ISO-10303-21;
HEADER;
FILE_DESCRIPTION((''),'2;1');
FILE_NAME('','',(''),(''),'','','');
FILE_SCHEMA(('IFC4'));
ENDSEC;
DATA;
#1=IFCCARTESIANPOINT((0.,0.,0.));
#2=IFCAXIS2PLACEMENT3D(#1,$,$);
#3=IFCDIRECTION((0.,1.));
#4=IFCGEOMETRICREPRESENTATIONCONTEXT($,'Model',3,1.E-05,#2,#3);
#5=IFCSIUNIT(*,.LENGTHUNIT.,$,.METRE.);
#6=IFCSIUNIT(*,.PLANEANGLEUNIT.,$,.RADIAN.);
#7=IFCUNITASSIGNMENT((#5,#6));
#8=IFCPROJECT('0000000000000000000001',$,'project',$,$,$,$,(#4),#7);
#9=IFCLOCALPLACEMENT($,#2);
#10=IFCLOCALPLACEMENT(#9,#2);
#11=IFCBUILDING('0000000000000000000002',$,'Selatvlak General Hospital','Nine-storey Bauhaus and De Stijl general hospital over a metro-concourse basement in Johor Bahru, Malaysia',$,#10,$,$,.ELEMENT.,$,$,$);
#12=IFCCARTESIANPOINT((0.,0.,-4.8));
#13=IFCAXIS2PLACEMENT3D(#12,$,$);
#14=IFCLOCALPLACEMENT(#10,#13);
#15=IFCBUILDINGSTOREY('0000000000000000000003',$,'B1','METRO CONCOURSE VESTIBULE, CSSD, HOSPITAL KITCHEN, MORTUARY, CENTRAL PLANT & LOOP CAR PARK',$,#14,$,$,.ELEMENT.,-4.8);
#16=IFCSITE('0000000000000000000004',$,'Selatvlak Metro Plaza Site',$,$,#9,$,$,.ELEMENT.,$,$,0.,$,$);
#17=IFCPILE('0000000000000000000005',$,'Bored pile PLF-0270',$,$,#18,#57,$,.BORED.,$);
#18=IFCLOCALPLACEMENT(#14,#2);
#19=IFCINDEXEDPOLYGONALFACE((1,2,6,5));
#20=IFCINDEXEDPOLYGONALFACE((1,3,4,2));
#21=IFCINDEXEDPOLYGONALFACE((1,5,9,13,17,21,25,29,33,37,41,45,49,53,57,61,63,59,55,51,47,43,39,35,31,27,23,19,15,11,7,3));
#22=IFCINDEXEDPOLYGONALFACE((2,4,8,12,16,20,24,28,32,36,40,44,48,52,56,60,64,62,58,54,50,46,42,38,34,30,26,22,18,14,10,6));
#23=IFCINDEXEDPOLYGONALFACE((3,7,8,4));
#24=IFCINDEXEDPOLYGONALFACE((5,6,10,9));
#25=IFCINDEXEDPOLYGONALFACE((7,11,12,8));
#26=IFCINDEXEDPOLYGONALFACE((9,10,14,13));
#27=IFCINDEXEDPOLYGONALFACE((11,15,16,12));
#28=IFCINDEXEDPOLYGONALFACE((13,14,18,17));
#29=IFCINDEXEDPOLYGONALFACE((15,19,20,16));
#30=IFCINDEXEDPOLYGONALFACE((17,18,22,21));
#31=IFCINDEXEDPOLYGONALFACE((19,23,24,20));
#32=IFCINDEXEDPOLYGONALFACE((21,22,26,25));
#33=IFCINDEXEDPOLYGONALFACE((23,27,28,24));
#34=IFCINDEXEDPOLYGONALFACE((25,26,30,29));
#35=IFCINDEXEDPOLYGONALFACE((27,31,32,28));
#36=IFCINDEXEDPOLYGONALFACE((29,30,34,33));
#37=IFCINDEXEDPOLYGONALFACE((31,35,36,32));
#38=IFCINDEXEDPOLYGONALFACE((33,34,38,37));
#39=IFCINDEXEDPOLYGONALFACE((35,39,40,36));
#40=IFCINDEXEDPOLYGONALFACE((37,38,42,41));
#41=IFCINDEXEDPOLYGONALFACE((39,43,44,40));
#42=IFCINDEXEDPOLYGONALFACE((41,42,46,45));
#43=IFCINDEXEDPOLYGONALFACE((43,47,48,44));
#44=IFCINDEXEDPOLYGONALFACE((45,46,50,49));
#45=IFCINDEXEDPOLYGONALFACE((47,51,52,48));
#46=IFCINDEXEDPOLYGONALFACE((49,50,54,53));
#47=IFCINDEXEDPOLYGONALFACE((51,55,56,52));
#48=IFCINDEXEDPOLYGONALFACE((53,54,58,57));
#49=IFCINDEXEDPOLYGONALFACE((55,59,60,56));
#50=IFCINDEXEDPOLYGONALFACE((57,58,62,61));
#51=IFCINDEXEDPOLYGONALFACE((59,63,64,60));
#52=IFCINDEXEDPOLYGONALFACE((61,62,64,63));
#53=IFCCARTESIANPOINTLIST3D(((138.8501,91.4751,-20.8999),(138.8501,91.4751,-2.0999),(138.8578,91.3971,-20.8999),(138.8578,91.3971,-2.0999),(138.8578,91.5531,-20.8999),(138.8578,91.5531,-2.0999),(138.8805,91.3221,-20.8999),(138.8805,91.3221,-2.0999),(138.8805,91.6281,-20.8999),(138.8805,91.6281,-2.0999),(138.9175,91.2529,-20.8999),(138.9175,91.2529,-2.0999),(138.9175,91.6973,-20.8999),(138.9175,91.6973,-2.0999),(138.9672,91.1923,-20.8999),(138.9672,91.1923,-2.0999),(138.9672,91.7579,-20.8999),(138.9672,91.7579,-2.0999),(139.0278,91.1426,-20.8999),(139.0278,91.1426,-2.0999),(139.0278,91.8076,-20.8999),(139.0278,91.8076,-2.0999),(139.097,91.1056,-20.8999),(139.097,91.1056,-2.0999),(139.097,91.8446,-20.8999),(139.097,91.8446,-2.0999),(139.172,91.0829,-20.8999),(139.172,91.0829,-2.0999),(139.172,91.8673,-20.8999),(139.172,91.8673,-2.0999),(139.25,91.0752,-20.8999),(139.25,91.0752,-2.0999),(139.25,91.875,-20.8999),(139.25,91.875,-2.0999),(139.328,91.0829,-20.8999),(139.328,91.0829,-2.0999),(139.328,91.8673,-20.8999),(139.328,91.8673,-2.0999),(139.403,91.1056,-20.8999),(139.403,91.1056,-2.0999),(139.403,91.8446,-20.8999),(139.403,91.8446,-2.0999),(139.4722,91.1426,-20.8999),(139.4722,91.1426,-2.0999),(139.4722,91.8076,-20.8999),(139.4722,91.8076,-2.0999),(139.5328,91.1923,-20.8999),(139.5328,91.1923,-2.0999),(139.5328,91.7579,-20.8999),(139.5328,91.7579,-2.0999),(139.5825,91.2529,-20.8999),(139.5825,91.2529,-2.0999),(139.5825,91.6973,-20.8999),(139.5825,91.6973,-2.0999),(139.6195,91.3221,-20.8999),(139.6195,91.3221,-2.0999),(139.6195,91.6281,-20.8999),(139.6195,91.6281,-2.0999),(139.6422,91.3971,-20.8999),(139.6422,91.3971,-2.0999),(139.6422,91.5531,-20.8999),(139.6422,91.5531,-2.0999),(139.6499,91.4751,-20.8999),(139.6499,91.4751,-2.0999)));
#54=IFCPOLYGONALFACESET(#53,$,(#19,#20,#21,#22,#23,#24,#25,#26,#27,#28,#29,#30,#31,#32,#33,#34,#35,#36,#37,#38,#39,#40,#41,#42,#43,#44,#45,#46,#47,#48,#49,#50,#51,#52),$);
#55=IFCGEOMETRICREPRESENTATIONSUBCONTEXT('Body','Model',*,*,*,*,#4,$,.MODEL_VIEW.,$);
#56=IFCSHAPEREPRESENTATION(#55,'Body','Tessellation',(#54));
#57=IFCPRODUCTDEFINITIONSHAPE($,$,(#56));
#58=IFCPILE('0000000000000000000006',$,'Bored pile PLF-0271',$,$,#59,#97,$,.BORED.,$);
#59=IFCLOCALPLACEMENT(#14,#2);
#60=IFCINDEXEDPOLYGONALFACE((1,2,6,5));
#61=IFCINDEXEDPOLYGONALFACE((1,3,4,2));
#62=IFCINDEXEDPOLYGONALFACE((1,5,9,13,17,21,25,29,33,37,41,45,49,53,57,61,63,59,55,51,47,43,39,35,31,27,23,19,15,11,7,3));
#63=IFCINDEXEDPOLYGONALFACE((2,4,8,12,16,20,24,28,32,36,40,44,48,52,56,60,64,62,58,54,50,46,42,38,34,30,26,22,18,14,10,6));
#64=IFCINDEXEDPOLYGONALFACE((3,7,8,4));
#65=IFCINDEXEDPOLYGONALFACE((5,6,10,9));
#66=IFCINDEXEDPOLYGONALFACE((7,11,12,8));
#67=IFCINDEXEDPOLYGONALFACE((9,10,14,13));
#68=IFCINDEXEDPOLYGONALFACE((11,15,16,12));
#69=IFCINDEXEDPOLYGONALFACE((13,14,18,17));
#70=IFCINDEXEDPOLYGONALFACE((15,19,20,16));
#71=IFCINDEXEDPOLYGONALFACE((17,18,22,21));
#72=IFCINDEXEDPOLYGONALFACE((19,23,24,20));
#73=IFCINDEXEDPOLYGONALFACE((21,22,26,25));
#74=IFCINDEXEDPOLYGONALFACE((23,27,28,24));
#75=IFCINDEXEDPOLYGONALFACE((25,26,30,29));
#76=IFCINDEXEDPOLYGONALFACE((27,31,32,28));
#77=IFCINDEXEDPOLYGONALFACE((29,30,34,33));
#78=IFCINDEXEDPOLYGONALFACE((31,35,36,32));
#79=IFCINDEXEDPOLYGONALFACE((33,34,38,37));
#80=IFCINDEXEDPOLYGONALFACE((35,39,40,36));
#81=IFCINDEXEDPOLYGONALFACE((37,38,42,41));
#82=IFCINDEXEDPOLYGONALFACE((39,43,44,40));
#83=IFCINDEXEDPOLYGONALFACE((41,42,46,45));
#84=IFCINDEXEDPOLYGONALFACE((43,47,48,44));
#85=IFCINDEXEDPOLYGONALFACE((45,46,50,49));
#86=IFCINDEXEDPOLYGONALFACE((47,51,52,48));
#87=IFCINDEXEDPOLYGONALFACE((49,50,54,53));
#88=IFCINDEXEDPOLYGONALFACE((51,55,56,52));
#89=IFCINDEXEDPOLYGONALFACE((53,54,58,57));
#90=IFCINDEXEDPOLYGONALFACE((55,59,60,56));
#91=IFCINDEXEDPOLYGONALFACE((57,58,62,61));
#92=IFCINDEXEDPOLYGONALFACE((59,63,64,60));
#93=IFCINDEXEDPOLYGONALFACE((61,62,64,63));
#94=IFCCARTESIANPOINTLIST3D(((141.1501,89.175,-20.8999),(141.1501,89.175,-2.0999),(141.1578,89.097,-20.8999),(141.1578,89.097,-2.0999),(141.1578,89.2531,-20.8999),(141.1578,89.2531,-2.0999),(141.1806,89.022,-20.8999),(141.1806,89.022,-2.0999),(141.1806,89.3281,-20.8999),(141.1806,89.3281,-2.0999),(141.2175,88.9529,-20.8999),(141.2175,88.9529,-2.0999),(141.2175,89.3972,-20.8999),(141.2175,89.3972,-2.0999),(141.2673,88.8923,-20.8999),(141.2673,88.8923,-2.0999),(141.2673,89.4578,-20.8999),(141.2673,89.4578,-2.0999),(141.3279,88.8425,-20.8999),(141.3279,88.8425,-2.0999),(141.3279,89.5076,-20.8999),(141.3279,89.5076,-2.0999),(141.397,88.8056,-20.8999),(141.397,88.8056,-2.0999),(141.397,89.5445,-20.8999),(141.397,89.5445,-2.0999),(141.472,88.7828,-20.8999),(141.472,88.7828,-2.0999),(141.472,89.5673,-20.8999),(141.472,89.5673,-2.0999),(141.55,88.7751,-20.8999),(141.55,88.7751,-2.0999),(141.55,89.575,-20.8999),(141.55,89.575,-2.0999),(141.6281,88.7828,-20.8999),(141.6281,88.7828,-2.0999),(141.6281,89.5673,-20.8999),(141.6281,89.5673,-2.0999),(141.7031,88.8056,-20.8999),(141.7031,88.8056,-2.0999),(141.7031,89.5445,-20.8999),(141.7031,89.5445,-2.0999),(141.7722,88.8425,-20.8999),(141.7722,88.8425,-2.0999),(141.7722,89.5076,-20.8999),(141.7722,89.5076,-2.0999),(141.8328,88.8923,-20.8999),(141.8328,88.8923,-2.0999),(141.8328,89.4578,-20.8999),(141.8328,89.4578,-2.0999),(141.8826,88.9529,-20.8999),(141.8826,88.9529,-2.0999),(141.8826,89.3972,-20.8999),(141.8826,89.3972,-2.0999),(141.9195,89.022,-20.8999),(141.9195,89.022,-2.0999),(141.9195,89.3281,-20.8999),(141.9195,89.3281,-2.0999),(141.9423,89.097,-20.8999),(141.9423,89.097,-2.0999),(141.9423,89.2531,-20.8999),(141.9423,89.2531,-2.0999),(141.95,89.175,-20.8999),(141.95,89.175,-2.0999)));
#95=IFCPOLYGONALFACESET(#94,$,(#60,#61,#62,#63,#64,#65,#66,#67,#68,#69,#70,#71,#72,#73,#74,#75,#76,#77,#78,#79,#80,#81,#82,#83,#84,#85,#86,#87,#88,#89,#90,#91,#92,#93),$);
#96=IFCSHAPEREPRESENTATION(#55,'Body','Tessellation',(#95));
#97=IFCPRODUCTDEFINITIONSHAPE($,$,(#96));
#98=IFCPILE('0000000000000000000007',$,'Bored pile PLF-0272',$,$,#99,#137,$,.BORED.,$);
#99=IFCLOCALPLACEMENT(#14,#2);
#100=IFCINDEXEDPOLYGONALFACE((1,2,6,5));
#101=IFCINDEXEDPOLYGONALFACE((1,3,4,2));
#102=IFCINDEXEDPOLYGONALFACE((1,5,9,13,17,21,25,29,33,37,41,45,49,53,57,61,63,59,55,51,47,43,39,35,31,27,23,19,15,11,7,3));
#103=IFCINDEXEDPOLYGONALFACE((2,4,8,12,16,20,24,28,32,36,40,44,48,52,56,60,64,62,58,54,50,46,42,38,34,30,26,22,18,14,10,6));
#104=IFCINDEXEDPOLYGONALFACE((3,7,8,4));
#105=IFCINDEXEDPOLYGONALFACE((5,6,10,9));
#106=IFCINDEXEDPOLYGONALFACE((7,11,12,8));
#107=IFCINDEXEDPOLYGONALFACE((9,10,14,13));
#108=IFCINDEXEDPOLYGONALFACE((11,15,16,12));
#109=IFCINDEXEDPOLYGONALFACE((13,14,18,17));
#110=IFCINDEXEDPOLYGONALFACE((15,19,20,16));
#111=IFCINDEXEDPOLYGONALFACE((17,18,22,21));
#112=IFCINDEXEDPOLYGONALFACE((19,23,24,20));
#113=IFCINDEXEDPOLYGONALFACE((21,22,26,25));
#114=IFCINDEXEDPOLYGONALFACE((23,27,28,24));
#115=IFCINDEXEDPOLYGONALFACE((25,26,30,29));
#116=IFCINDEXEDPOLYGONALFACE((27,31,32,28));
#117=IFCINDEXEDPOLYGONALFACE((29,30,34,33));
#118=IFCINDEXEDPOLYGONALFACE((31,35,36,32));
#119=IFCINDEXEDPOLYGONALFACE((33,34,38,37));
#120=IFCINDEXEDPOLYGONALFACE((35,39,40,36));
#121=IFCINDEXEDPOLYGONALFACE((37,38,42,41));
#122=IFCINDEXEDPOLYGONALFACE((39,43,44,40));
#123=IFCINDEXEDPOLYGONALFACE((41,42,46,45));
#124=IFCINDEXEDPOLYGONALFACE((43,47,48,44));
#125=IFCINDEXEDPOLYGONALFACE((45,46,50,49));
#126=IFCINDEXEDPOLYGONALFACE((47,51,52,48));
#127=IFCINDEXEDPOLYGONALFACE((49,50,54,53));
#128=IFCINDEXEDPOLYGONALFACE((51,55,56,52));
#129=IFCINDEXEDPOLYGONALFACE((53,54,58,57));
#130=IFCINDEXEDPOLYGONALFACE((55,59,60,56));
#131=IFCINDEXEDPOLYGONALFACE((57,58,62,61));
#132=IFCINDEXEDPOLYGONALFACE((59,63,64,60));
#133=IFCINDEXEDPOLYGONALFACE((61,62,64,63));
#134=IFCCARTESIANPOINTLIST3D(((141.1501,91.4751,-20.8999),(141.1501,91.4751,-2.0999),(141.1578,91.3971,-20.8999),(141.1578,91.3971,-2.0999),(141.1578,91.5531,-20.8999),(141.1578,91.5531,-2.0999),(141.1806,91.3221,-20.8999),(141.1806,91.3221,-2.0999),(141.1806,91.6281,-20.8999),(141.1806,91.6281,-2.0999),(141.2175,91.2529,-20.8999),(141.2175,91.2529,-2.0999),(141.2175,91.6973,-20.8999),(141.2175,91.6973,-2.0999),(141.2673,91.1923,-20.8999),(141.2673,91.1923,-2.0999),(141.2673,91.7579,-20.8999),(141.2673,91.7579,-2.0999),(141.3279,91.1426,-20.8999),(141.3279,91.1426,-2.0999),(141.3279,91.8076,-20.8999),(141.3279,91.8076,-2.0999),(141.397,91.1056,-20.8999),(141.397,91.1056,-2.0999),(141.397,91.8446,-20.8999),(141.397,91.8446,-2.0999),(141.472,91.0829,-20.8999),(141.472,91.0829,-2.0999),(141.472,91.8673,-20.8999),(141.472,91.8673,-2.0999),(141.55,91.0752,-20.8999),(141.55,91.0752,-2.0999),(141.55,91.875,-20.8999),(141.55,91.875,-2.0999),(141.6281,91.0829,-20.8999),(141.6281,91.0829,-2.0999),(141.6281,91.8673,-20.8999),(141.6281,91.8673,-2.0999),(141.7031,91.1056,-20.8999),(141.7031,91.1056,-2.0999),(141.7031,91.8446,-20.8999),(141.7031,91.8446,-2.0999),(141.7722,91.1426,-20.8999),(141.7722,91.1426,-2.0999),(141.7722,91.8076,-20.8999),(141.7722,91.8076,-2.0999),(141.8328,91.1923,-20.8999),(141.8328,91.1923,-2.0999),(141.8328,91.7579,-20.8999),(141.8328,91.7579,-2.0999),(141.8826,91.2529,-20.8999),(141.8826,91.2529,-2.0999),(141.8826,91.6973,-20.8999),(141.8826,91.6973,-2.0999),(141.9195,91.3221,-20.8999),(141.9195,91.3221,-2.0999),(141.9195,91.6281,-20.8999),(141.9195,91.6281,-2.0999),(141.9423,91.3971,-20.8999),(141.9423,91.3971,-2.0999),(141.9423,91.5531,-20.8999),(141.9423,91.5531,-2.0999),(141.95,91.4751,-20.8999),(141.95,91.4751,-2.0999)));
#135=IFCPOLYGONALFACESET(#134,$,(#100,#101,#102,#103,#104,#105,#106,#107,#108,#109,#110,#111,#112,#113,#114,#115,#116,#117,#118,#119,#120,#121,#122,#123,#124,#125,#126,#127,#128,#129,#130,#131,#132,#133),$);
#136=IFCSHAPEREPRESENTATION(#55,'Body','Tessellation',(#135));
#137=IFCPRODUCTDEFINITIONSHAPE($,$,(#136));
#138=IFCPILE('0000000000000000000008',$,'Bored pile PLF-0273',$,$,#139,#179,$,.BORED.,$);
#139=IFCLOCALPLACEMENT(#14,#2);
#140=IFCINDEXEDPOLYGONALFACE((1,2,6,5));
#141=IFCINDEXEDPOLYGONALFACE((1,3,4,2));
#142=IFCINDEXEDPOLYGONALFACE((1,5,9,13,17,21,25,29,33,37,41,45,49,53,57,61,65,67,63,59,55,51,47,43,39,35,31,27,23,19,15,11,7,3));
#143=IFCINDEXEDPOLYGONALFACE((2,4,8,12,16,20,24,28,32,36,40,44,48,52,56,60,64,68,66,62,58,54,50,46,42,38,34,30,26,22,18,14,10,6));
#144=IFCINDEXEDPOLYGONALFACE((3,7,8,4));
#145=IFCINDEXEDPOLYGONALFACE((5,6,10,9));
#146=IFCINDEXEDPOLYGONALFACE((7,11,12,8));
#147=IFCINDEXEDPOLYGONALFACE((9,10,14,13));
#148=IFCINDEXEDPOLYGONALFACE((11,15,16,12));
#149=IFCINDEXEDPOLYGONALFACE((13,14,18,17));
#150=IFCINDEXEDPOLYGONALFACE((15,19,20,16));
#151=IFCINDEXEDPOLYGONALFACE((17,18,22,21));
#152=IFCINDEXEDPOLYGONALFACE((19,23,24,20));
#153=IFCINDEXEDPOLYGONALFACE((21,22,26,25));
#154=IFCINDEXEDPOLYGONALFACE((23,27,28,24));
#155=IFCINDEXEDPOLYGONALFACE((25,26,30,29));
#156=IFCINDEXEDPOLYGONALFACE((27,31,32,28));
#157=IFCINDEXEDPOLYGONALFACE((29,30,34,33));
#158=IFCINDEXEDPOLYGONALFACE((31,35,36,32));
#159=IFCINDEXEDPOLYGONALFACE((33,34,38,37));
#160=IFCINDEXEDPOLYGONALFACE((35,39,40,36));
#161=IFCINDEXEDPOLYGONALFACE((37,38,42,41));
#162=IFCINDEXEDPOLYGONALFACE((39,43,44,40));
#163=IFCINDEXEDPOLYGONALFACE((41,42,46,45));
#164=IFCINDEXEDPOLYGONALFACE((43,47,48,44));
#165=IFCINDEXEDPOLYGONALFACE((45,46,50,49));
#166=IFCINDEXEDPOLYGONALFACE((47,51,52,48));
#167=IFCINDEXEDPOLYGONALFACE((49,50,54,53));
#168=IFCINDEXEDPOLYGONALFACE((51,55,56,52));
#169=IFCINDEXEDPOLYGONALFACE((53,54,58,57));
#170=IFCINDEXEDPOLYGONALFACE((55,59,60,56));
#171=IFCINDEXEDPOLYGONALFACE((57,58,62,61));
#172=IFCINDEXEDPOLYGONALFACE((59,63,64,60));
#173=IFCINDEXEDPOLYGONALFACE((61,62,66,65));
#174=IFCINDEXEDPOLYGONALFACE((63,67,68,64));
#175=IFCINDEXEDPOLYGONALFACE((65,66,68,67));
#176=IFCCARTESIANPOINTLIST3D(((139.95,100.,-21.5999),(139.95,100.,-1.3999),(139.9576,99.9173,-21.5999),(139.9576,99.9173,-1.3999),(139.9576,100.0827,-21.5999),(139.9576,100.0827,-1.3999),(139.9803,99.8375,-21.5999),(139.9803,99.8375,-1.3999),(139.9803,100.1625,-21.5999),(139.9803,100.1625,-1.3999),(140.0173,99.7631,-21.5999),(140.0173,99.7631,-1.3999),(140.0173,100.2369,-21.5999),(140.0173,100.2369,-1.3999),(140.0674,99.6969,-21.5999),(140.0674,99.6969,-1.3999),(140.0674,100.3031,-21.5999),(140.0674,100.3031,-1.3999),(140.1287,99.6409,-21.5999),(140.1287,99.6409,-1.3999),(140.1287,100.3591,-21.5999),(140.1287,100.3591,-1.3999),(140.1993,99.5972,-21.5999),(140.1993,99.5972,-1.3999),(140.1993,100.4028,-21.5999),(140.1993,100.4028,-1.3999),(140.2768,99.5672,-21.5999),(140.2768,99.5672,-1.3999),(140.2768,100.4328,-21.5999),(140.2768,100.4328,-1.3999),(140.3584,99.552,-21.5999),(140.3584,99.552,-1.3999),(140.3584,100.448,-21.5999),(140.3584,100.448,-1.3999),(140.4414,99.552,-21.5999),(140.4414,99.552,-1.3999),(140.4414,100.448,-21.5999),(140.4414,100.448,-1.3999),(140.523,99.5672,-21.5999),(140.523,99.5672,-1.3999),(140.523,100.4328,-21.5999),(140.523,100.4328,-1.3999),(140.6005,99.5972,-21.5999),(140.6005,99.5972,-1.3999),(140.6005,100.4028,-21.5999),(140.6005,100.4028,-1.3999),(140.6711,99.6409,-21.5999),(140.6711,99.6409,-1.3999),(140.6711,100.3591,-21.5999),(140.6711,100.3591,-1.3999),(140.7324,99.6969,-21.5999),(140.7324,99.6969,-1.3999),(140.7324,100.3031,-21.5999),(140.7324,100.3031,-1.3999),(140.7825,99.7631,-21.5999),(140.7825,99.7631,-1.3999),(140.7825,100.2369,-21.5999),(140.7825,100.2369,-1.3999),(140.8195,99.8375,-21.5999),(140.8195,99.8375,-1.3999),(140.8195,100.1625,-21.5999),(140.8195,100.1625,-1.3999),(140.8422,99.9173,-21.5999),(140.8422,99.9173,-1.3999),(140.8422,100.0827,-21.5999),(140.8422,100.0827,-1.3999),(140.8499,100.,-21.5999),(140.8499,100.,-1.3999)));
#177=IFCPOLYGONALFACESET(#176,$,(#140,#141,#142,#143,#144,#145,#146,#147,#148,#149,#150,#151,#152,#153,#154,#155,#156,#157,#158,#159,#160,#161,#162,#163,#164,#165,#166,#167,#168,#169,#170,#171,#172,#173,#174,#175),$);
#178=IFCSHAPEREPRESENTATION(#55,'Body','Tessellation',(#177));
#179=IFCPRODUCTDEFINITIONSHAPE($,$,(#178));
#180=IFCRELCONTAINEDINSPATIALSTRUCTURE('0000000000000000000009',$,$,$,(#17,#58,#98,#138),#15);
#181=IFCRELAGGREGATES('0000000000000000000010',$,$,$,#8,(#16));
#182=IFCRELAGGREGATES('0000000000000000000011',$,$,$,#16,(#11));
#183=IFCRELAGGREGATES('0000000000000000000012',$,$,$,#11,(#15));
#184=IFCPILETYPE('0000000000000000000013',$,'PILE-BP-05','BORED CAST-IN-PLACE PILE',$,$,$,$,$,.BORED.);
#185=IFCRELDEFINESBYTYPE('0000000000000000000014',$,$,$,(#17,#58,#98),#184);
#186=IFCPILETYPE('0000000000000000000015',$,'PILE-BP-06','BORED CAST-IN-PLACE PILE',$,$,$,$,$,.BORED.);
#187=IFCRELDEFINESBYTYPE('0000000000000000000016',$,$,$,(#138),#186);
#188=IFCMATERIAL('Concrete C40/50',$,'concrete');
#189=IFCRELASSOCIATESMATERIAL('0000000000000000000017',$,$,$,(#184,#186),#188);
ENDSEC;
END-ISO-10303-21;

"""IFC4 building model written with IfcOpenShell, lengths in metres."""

from ifc_helpers import new_model, si_unit, direction, frame, origin, origin_2d, place, context, subcontext, project, spatial, circle, extrude, material, material_profile, profile_set, type_object, element, save


model = new_model("IFC4")

# Units and contexts
model_context = context("Model", 3, precision=1e-05, world=origin(), true_north=direction((0.0, 1.0)))
body_context = subcontext(model_context, "Body", "Model", "MODEL_VIEW")
ifc_project = project(units=[si_unit("LENGTHUNIT", "METRE"), si_unit("PLANEANGLEUNIT", "RADIAN")], contexts=[model_context])

# Site, building, storey
site_placement = place(None, origin())
site = spatial("IfcSite", under=ifc_project, at=site_placement, Name="Selatvlak Metro Plaza Site", CompositionType="ELEMENT", RefElevation=0.0)
building_placement = place(site_placement, origin())
building = spatial("IfcBuilding", under=site, at=building_placement, Name="Selatvlak General Hospital", Description="Nine-storey Bauhaus and De Stijl general hospital over a metro-concourse basement in Johor Bahru, Malaysia", CompositionType="ELEMENT")
storey_placement = place(building_placement, frame((0.0, 0.0, -4.8)))
storey = spatial("IfcBuildingStorey", under=building, at=storey_placement, Name="B1", Description="METRO CONCOURSE VESTIBULE, CSSD, HOSPITAL KITCHEN, MORTUARY, CENTRAL PLANT & LOOP CAR PARK", CompositionType="ELEMENT", Elevation=-4.8)

# Shared definitions
ifc_material_1 = material(Name="Concrete C40/50", Category="concrete")

# Piles
ifc_material_profile_1 = material_profile(ifc_material_1, circle(Radius=0.3999, at=origin_2d()), Name="BORED PILE 800")
ifc_profile_set_1 = profile_set([ifc_material_profile_1], Name="Concrete C40/50")
pile_type_1 = type_object("IfcPileType", Name="PILE-BP-05", Description="BORED CAST-IN-PLACE PILE", PredefinedType="BORED", material=ifc_profile_set_1)
for number, where, z_axis, x_axis, name in (
    (1, (139.25, 91.4751, -2.0999), (0.0, 0.0, -1.0), (1.0, 0.0, 0.0), "Bored pile PLF-0270"),
    (2, (141.55, 89.175, -2.0999), (0.0, 0.0, -1.0), (1.0, 0.0, 0.0), "Bored pile PLF-0271"),
    (3, (141.55, 91.4751, -2.0999), (0.0, 0.0, -1.0), (1.0, 0.0, 0.0), "Bored pile PLF-0272"),
):
    element("IfcPile", number, at=place(storey_placement, frame(where, z_axis=z_axis, x_axis=x_axis)), inside=storey, type_object=pile_type_1, Name=name, PredefinedType="BORED", context=body_context, shape_type="SweptSolid", body=[
        extrude(circle(Radius=0.3999, at=origin_2d()), origin(), (0.0, 0.0, 1.0), 18.8),
    ])
ifc_material_profile_2 = material_profile(ifc_material_1, circle(Radius=0.45, at=origin_2d()), Name="BORED PILE 900")
ifc_profile_set_2 = profile_set([ifc_material_profile_2], Name="Concrete C40/50")
pile_type_2 = type_object("IfcPileType", Name="PILE-BP-06", Description="BORED CAST-IN-PLACE PILE", PredefinedType="BORED", material=ifc_profile_set_2)
pile_1_placement = place(storey_placement, frame((140.3999, 100.0, -1.3999), z_axis=(0.0, 0.0, -1.0), x_axis=(1.0, 0.0, 0.0)))
element("IfcPile", 4, at=pile_1_placement, inside=storey, type_object=pile_type_2, Name="Bored pile PLF-0273", PredefinedType="BORED", context=body_context, shape_type="SweptSolid", body=[
    extrude(circle(Radius=0.45, at=origin_2d()), origin(), (0.0, 0.0, 1.0), 20.2),
])

save(model, "model.ifc")
